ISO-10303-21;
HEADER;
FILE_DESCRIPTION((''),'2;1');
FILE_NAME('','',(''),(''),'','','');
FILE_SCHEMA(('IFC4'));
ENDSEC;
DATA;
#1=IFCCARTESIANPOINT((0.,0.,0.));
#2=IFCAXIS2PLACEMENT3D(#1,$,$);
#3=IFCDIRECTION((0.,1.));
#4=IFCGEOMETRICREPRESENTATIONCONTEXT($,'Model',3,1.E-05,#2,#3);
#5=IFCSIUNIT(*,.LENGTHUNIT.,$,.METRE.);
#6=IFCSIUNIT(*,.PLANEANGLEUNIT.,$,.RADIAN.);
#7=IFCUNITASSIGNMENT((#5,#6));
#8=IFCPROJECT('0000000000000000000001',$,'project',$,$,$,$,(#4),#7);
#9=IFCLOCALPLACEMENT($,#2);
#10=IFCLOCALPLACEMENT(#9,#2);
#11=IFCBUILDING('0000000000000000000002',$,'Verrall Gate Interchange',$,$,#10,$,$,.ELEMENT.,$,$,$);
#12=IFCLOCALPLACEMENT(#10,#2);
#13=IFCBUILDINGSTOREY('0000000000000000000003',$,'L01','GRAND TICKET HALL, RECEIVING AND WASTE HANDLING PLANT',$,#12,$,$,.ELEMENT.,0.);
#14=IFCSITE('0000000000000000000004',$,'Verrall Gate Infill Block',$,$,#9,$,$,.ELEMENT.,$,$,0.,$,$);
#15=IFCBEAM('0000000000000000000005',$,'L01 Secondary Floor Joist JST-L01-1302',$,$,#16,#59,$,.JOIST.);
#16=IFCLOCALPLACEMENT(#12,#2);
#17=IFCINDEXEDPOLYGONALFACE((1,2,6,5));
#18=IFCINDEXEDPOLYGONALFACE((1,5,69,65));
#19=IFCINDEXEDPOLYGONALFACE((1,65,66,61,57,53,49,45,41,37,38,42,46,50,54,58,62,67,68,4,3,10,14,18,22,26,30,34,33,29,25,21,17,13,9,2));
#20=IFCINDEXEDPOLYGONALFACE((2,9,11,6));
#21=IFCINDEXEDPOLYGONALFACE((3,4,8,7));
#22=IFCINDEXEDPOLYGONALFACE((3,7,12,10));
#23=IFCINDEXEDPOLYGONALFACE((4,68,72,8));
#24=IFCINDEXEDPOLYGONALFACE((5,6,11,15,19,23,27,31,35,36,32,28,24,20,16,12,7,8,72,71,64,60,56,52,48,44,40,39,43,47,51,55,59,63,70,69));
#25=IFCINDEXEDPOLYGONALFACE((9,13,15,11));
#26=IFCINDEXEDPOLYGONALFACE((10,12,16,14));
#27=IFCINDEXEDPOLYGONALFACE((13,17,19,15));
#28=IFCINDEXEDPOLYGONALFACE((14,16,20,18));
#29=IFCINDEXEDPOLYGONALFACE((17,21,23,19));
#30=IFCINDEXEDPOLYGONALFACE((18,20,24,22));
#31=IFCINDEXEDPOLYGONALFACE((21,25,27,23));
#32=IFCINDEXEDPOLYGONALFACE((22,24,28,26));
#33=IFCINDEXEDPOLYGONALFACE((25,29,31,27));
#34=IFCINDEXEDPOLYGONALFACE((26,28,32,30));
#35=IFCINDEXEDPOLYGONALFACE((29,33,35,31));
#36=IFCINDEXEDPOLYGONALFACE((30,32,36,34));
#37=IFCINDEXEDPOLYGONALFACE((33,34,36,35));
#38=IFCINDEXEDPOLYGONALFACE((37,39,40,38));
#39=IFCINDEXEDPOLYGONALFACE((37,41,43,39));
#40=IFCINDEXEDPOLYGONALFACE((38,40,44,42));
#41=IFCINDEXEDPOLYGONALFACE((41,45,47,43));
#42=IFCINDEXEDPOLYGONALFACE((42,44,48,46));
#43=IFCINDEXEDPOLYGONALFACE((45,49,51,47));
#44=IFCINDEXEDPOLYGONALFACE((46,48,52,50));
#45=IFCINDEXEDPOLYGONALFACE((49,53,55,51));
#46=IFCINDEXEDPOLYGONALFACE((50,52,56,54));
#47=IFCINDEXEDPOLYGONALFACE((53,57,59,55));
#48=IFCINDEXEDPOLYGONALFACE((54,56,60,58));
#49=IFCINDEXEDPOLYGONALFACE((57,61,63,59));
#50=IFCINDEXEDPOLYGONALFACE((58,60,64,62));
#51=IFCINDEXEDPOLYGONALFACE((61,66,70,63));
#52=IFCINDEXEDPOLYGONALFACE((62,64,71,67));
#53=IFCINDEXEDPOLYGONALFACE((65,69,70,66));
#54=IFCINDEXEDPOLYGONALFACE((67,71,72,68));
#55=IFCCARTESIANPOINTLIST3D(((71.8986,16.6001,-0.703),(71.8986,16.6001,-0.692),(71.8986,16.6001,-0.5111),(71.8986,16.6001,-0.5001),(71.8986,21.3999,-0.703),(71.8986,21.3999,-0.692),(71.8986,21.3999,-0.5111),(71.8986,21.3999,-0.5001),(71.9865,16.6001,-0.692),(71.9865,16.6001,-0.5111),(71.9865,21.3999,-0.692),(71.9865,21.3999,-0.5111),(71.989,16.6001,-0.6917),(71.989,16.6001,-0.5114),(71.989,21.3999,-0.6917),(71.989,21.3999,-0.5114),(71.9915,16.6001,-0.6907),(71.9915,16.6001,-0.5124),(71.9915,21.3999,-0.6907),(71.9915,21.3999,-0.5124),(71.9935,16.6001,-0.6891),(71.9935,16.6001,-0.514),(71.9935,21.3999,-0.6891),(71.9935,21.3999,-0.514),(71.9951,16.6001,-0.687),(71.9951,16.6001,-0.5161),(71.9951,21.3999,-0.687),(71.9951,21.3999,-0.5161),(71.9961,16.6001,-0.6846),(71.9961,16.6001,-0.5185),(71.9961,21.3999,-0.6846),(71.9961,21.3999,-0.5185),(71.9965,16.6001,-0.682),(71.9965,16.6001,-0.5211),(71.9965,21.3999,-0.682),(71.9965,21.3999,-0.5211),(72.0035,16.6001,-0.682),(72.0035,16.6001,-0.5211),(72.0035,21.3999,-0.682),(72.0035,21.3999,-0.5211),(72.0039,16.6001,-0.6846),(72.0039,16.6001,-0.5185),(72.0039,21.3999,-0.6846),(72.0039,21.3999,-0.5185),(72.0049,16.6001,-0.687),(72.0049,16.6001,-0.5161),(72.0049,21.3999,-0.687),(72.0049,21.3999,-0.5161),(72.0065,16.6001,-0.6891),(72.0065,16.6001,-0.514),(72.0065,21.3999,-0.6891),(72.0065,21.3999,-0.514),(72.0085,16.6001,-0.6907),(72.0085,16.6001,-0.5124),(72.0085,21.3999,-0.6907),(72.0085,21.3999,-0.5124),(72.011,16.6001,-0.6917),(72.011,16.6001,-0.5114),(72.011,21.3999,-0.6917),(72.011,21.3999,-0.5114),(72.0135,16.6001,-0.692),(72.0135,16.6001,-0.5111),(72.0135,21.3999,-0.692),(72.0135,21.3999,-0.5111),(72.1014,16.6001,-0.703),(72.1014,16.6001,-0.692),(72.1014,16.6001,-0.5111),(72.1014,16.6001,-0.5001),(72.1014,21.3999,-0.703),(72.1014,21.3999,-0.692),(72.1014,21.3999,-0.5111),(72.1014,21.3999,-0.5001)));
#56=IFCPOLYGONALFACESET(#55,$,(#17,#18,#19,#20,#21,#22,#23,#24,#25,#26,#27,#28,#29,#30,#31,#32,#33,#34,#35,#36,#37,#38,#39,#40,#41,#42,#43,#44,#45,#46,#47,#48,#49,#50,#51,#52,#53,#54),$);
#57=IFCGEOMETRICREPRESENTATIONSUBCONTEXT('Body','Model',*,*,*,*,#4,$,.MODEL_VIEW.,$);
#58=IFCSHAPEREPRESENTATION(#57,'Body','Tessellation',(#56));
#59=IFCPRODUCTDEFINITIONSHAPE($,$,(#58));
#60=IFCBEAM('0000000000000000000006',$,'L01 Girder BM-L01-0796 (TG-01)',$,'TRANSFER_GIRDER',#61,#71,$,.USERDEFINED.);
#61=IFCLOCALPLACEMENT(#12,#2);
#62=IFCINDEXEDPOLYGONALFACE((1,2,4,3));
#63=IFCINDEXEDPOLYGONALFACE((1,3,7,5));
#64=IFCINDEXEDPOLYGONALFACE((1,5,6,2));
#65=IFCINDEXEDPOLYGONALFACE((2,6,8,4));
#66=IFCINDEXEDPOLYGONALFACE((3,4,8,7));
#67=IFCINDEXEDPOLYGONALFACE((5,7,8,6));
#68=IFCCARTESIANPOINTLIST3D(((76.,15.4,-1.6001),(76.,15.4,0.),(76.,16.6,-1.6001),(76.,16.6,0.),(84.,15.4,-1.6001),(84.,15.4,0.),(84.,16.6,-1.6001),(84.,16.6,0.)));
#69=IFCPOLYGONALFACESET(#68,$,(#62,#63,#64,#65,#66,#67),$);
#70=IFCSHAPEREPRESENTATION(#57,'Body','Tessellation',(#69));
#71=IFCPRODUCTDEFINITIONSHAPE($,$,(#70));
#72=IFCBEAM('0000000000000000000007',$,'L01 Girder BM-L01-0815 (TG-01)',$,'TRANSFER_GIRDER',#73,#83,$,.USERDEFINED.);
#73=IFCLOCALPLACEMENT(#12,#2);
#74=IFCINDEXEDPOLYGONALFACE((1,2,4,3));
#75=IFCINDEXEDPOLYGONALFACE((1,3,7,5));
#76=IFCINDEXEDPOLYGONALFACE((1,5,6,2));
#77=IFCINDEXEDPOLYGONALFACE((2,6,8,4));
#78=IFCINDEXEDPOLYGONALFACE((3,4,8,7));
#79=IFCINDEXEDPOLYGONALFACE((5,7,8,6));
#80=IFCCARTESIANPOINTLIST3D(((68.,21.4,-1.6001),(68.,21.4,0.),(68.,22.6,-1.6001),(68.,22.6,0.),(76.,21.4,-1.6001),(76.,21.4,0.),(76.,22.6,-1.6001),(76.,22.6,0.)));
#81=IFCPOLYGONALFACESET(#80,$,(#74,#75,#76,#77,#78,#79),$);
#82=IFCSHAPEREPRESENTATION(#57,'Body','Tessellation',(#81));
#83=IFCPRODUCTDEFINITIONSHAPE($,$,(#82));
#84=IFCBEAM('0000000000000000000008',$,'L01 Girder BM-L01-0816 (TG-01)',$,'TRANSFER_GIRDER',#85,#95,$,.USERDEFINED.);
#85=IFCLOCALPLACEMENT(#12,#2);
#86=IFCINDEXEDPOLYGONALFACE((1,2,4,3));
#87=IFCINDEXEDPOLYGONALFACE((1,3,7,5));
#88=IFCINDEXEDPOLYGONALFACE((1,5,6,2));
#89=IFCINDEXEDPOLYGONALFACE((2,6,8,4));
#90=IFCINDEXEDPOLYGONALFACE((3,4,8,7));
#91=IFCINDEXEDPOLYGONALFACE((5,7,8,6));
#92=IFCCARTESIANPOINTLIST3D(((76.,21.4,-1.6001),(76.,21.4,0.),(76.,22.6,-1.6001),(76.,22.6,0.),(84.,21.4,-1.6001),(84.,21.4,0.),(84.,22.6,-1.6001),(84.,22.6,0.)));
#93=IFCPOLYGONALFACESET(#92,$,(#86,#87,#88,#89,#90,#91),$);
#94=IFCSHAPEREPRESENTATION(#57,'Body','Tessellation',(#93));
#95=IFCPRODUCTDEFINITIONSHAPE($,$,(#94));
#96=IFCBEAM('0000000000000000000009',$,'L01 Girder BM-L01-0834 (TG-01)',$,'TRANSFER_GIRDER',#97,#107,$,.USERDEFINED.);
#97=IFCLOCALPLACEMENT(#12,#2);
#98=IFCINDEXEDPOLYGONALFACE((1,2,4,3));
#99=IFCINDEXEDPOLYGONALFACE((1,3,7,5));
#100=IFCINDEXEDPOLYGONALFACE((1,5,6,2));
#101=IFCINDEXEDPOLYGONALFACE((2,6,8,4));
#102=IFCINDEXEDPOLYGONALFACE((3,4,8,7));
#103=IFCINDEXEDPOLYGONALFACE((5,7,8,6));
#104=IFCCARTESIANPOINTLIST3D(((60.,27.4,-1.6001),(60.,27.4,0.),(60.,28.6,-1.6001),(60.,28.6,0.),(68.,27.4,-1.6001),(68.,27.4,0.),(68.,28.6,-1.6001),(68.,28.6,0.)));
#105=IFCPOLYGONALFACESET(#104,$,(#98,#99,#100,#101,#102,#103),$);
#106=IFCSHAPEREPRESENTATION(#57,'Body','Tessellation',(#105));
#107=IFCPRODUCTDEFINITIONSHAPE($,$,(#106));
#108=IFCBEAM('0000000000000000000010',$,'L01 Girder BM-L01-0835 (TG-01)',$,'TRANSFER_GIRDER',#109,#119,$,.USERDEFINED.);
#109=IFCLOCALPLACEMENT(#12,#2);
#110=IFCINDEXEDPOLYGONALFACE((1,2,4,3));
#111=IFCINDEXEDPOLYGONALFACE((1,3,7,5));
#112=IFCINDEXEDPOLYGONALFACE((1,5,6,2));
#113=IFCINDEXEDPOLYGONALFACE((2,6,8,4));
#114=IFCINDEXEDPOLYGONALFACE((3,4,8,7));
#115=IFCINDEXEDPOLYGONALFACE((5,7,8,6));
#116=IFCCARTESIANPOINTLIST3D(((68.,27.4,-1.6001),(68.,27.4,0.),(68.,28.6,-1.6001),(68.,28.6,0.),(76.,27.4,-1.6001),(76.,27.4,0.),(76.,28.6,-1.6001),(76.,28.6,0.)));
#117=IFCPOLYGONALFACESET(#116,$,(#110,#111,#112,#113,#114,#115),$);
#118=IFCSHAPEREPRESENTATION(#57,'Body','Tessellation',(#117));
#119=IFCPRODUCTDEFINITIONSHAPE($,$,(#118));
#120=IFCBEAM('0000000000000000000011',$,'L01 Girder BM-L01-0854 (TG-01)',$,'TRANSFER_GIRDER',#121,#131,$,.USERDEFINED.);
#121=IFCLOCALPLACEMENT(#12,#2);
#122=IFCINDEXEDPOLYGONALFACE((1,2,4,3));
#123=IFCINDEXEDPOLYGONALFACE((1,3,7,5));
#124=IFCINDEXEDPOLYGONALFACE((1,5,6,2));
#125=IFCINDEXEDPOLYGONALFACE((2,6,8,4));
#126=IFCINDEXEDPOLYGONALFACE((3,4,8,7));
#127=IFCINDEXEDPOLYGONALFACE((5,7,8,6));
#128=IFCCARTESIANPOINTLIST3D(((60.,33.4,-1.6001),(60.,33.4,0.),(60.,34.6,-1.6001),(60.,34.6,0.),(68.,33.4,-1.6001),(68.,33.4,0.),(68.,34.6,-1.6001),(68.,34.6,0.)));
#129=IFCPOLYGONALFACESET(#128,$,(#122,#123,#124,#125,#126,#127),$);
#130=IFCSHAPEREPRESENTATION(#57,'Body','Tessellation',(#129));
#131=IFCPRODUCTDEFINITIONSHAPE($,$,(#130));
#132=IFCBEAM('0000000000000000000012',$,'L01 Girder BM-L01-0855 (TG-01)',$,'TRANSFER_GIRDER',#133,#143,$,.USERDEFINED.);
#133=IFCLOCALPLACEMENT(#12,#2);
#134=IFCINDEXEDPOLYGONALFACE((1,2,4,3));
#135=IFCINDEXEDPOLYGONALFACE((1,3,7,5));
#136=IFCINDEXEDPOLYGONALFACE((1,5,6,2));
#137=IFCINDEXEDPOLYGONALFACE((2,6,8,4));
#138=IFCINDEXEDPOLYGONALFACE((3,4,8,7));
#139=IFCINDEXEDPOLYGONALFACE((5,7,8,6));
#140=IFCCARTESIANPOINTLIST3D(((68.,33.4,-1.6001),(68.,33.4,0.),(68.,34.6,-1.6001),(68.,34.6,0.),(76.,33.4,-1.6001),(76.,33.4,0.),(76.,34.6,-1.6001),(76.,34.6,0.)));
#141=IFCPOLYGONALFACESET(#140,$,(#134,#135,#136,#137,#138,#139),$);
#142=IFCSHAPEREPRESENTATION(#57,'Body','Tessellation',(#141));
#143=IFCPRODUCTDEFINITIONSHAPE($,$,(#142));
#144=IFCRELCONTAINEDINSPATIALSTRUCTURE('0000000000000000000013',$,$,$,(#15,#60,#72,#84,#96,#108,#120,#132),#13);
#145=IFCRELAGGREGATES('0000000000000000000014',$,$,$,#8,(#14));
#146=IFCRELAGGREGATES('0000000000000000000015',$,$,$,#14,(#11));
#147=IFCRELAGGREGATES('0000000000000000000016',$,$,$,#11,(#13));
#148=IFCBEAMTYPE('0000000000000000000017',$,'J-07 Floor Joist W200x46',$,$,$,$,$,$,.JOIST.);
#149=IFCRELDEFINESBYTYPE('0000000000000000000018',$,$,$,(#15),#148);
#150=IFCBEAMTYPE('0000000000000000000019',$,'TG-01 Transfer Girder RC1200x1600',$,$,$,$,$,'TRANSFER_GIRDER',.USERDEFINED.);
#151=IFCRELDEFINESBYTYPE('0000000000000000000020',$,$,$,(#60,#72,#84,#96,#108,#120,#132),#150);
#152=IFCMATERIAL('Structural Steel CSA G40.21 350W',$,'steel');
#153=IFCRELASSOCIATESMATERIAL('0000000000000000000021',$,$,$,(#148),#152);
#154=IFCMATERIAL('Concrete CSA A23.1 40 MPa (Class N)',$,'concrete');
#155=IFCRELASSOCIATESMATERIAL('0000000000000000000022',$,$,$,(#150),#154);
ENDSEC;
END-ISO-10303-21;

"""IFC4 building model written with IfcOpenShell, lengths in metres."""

from ifc_helpers import new_model, si_unit, direction, frame, origin, origin_2d, place, context, subcontext, project, spatial, rectangle, i_section, extrude, material, material_profile, profile_set, type_object, element, save


model = new_model("IFC4")

# Units and contexts
model_context = context("Model", 3, precision=1e-05, world=origin(), true_north=direction((0.0, 1.0)))
body_context = subcontext(model_context, "Body", "Model", "MODEL_VIEW")
ifc_project = project(units=[si_unit("LENGTHUNIT", "METRE"), si_unit("PLANEANGLEUNIT", "RADIAN")], contexts=[model_context])

# Site, building, storey
site_placement = place(None, origin())
site = spatial("IfcSite", under=ifc_project, at=site_placement, Name="Verrall Gate Infill Block", CompositionType="ELEMENT", RefElevation=0.0)
building_placement = place(site_placement, origin())
building = spatial("IfcBuilding", under=site, at=building_placement, Name="Verrall Gate Interchange", CompositionType="ELEMENT")
storey_placement = place(building_placement, origin())
storey = spatial("IfcBuildingStorey", under=building, at=storey_placement, Name="L01", Description="GRAND TICKET HALL, RECEIVING AND WASTE HANDLING PLANT", CompositionType="ELEMENT", Elevation=0.0)

# Beams
ifc_material_1 = material(Name="Structural Steel CSA G40.21 350W", Category="steel")
ifc_material_profile_1 = material_profile(ifc_material_1, i_section(OverallWidth=0.2029, OverallDepth=0.2029, WebThickness=0.0071, FlangeThickness=0.011, FilletRadius=0.01, at=origin_2d()), Name="W200x46")
ifc_profile_set_1 = profile_set([ifc_material_profile_1], Name="Structural Steel CSA G40.21 350W")
beam_type_1 = type_object("IfcBeamType", Name="J-07 Floor Joist W200x46", PredefinedType="JOIST", material=ifc_profile_set_1)
beam_1_placement = place(storey_placement, frame((72.0, 16.6001, -0.6016), z_axis=(0.0, 1.0, 0.0), x_axis=(-1.0, 0.0, 0.0)))
element("IfcBeam", 1, at=beam_1_placement, inside=storey, type_object=beam_type_1, Name="L01 Secondary Floor Joist JST-L01-1302", PredefinedType="JOIST", context=body_context, shape_type="SweptSolid", body=[
    extrude(i_section(OverallWidth=0.2029, OverallDepth=0.2029, WebThickness=0.0071, FlangeThickness=0.011, FilletRadius=0.01, at=origin_2d()), origin(), (0.0, 0.0, 1.0), 4.7998),
])
ifc_material_2 = material(Name="Concrete CSA A23.1 40 MPa (Class N)", Category="concrete")
ifc_material_profile_2 = material_profile(ifc_material_2, rectangle(XDim=1.2, YDim=1.6001, at=origin_2d()), Name="RC1200x1600")
ifc_profile_set_2 = profile_set([ifc_material_profile_2], Name="Concrete CSA A23.1 40 MPa (Class N)")
beam_type_2 = type_object("IfcBeamType", Name="TG-01 Transfer Girder RC1200x1600", ElementType="TRANSFER_GIRDER", PredefinedType="USERDEFINED", material=ifc_profile_set_2)
for number, where, z_axis, x_axis, name in (
    (2, (76.0, 16.0, -0.8), (1.0, 0.0, 0.0), (0.0, 1.0, 0.0), "L01 Girder BM-L01-0796 (TG-01)"),
    (3, (68.0, 22.0, -0.8), (1.0, 0.0, 0.0), (0.0, 1.0, 0.0), "L01 Girder BM-L01-0815 (TG-01)"),
    (4, (76.0, 22.0, -0.8), (1.0, 0.0, 0.0), (0.0, 1.0, 0.0), "L01 Girder BM-L01-0816 (TG-01)"),
    (5, (60.0, 28.0, -0.8), (1.0, 0.0, 0.0), (0.0, 1.0, 0.0), "L01 Girder BM-L01-0834 (TG-01)"),
    (6, (68.0, 28.0, -0.8), (1.0, 0.0, 0.0), (0.0, 1.0, 0.0), "L01 Girder BM-L01-0835 (TG-01)"),
    (7, (60.0, 34.0, -0.8), (1.0, 0.0, 0.0), (0.0, 1.0, 0.0), "L01 Girder BM-L01-0854 (TG-01)"),
    (8, (68.0, 34.0, -0.8), (1.0, 0.0, 0.0), (0.0, 1.0, 0.0), "L01 Girder BM-L01-0855 (TG-01)"),
):
    element("IfcBeam", number, at=place(storey_placement, frame(where, z_axis=z_axis, x_axis=x_axis)), inside=storey, type_object=beam_type_2, Name=name, ObjectType="TRANSFER_GIRDER", PredefinedType="USERDEFINED", context=body_context, shape_type="SweptSolid", body=[
        extrude(rectangle(XDim=1.2, YDim=1.6001, at=origin_2d()), origin(), (0.0, 0.0, 1.0), 8.0),
    ])

save(model, "model.ifc")
